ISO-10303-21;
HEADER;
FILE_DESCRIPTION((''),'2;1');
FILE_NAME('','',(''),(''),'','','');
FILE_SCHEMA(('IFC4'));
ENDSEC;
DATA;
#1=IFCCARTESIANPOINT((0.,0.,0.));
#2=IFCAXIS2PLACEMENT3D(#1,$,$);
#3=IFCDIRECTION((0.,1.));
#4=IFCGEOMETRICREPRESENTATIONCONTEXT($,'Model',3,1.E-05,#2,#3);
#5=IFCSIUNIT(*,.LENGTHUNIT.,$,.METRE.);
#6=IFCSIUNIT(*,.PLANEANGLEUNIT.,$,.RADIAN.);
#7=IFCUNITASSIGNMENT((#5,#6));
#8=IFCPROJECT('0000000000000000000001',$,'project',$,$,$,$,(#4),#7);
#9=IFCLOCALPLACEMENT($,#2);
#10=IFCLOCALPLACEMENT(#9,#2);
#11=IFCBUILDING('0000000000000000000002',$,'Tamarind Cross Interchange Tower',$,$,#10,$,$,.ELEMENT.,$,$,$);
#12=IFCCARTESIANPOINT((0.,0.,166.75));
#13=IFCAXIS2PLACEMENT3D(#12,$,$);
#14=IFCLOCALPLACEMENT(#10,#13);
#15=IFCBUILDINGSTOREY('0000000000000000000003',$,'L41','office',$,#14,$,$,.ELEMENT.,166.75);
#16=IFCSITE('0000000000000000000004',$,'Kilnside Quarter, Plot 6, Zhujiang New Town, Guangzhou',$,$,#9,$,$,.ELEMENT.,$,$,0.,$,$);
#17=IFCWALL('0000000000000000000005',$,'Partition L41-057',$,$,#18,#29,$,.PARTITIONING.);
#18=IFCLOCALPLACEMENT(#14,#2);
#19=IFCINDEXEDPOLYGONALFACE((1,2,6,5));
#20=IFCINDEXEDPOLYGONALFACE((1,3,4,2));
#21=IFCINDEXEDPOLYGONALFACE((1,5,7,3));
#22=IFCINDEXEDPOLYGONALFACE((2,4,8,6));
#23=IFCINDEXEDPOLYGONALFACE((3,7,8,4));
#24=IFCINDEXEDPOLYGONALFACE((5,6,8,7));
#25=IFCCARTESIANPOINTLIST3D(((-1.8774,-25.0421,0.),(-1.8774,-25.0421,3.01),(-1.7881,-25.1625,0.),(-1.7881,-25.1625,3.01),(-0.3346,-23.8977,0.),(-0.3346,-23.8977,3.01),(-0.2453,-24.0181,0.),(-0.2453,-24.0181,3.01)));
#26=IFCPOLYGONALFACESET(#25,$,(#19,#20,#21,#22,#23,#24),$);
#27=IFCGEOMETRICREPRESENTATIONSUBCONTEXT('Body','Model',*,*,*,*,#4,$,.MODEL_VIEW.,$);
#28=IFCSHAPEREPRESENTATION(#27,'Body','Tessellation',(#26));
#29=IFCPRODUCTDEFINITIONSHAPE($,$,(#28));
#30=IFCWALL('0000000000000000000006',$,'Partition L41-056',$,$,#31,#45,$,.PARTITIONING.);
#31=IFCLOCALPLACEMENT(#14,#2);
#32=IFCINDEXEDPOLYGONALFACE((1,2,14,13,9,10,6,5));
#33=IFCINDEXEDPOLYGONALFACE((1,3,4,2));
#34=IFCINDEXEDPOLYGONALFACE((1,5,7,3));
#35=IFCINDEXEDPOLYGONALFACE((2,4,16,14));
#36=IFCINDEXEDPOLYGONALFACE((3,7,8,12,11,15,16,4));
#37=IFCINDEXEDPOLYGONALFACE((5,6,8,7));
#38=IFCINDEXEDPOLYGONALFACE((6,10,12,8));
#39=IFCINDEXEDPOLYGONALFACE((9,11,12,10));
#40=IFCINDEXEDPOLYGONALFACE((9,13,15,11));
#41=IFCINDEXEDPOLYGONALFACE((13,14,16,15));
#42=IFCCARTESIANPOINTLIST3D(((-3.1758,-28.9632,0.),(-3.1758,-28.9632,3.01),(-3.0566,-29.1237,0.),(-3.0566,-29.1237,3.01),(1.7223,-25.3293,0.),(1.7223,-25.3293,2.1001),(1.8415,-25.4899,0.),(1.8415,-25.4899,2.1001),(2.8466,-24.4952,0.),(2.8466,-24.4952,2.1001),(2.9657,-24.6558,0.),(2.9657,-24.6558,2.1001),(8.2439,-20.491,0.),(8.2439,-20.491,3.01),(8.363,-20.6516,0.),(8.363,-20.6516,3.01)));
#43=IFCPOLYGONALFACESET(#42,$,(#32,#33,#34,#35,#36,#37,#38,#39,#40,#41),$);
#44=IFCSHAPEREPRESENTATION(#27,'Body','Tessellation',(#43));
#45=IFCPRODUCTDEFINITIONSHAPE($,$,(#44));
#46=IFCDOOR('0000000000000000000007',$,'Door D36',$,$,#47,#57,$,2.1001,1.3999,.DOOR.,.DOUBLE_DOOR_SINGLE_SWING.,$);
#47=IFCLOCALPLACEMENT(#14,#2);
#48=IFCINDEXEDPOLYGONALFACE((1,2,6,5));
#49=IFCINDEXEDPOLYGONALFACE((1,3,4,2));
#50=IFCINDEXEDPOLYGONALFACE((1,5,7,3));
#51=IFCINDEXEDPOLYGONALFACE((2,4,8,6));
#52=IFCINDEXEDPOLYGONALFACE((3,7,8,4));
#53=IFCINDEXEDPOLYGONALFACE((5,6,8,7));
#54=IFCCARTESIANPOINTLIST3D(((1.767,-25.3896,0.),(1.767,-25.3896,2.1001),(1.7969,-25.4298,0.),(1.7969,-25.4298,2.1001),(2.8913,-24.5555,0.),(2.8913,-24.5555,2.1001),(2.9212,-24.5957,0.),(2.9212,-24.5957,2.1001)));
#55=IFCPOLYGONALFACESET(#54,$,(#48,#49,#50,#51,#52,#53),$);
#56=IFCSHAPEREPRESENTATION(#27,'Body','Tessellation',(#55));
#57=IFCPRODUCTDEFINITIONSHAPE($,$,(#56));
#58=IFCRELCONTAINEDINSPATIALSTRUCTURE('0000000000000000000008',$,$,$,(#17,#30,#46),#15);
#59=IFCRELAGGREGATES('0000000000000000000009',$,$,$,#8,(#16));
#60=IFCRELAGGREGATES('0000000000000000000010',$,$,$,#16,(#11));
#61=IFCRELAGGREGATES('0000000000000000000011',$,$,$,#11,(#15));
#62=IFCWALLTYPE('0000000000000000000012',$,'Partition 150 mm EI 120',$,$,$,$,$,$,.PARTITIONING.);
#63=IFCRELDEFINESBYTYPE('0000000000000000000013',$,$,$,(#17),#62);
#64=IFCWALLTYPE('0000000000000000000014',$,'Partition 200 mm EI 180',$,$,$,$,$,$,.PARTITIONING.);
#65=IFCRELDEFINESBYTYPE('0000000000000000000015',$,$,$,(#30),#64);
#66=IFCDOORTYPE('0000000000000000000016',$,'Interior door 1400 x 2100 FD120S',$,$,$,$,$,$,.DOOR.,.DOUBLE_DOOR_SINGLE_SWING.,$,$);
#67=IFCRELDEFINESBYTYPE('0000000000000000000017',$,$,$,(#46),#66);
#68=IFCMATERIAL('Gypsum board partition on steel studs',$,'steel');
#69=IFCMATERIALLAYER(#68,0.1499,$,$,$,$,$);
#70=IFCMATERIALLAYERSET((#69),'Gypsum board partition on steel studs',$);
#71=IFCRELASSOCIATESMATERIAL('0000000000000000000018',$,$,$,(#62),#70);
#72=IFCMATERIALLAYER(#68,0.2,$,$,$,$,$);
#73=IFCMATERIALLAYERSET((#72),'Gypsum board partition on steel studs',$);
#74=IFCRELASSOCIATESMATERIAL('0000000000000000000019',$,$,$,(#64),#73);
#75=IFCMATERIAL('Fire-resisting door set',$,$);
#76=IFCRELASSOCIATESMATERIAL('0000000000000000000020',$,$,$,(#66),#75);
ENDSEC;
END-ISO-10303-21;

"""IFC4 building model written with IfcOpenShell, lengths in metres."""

from ifc_helpers import new_model, si_unit, direction, frame, frame_2d, origin, place, context, subcontext, project, spatial, rectangle, extrude, material, layer, layer_set, type_object, element, fill, save


model = new_model("IFC4")

# Units and contexts
model_context = context("Model", 3, precision=1e-05, world=origin(), true_north=direction((0.0, 1.0)))
body_context = subcontext(model_context, "Body", "Model", "MODEL_VIEW")
ifc_project = project(units=[si_unit("LENGTHUNIT", "METRE"), si_unit("PLANEANGLEUNIT", "RADIAN")], contexts=[model_context])

# Site, building, storey
site_placement = place(None, origin())
site = spatial("IfcSite", under=ifc_project, at=site_placement, Name="Kilnside Quarter, Plot 6, Zhujiang New Town, Guangzhou", CompositionType="ELEMENT", RefElevation=0.0)
building_placement = place(site_placement, origin())
building = spatial("IfcBuilding", under=site, at=building_placement, Name="Tamarind Cross Interchange Tower", CompositionType="ELEMENT")
storey_placement = place(building_placement, frame((0.0, 0.0, 166.75)))
storey = spatial("IfcBuildingStorey", under=building, at=storey_placement, Name="L41", Description="office", CompositionType="ELEMENT", Elevation=166.75)

# Shared definitions
ifc_material_1 = material(Name="Gypsum board partition on steel studs", Category="steel")

# Shared definitions
ifc_layer_1 = layer(ifc_material_1, 0.1499)
ifc_layer_set_1 = layer_set([ifc_layer_1], Name="Gypsum board partition on steel studs")
wall_type_1 = type_object("IfcWallType", Name="Partition 150 mm EI 120", PredefinedType="PARTITIONING", material=ifc_layer_set_1)
ifc_material_2 = material(Name="Fire-resisting door set")

# Wall
wall_1_placement = place(storey_placement, frame((-1.8328, -25.1023, 0.0), z_axis=(0.0, 0.0, 1.0), x_axis=(0.803177, 0.595741, 0.0)))
element("IfcWall", 1, at=wall_1_placement, inside=storey, type_object=wall_type_1, Name="Partition L41-057", PredefinedType="PARTITIONING", context=body_context, shape_type="SweptSolid", body=[
    extrude(rectangle(XDim=1.9209, YDim=0.1499, at=frame_2d((0.9604, 0.0))), origin(), (0.0, 0.0, 1.0), 3.01),
])

# Wall, opening, door
ifc_layer_2 = layer(ifc_material_1, 0.2)
ifc_layer_set_2 = layer_set([ifc_layer_2], Name="Gypsum board partition on steel studs")
wall_type_2 = type_object("IfcWallType", Name="Partition 200 mm EI 180", PredefinedType="PARTITIONING", material=ifc_layer_set_2)
wall_2_placement = place(storey_placement, frame((-3.1162, -29.0435, 0.0), z_axis=(0.0, 0.0, 1.0), x_axis=(0.803115, 0.595824, 0.0)))
wall_2 = element("IfcWall", 2, at=wall_2_placement, inside=storey, type_object=wall_type_2, Name="Partition L41-056", PredefinedType="PARTITIONING", context=body_context, shape_type="SweptSolid", body=[
    extrude(rectangle(XDim=14.2192, YDim=0.2, at=frame_2d((7.1096, 0.0))), origin(), (0.0, 0.0, 1.0), 3.01),
])
opening_1_placement = place(wall_2_placement, frame((6.0989, 0.0, 0.0)))
opening_1 = element("IfcOpeningElement", 3, at=opening_1_placement, cuts=wall_2, PredefinedType="OPENING", context=body_context, shape_type="SweptSolid", body=[
    extrude(rectangle(XDim=1.3999, YDim=2.1001, at=frame_2d((0.7, 1.05))), frame((0.0, 0.1099, 0.0), z_axis=(0.0, -1.0, 0.0), x_axis=(1.0, 0.0, 0.0)), (0.0, 0.0, 1.0), 0.22),
])
door_type_1 = type_object("IfcDoorType", Name="Interior door 1400 x 2100 FD120S", OperationType="DOUBLE_DOOR_SINGLE_SWING", PredefinedType="DOOR", material=ifc_material_2)
door_1_placement = place(opening_1_placement, origin())
door_1 = element("IfcDoor", 4, at=door_1_placement, inside=storey, type_object=door_type_1, Name="Door D36", OperationType="DOUBLE_DOOR_SINGLE_SWING", OverallHeight=2.1001, OverallWidth=1.3999, PredefinedType="DOOR", context=body_context, shape_type="SweptSolid", body=[
    extrude(rectangle(XDim=1.3999, YDim=2.1001, at=frame_2d((0.7, 1.05))), frame((0.0, 0.0249, 0.0), z_axis=(0.0, -1.0, 0.0), x_axis=(1.0, 0.0, 0.0)), (0.0, 0.0, 1.0), 0.05),
])
fill(opening_1, door_1)

save(model, "model.ifc")
